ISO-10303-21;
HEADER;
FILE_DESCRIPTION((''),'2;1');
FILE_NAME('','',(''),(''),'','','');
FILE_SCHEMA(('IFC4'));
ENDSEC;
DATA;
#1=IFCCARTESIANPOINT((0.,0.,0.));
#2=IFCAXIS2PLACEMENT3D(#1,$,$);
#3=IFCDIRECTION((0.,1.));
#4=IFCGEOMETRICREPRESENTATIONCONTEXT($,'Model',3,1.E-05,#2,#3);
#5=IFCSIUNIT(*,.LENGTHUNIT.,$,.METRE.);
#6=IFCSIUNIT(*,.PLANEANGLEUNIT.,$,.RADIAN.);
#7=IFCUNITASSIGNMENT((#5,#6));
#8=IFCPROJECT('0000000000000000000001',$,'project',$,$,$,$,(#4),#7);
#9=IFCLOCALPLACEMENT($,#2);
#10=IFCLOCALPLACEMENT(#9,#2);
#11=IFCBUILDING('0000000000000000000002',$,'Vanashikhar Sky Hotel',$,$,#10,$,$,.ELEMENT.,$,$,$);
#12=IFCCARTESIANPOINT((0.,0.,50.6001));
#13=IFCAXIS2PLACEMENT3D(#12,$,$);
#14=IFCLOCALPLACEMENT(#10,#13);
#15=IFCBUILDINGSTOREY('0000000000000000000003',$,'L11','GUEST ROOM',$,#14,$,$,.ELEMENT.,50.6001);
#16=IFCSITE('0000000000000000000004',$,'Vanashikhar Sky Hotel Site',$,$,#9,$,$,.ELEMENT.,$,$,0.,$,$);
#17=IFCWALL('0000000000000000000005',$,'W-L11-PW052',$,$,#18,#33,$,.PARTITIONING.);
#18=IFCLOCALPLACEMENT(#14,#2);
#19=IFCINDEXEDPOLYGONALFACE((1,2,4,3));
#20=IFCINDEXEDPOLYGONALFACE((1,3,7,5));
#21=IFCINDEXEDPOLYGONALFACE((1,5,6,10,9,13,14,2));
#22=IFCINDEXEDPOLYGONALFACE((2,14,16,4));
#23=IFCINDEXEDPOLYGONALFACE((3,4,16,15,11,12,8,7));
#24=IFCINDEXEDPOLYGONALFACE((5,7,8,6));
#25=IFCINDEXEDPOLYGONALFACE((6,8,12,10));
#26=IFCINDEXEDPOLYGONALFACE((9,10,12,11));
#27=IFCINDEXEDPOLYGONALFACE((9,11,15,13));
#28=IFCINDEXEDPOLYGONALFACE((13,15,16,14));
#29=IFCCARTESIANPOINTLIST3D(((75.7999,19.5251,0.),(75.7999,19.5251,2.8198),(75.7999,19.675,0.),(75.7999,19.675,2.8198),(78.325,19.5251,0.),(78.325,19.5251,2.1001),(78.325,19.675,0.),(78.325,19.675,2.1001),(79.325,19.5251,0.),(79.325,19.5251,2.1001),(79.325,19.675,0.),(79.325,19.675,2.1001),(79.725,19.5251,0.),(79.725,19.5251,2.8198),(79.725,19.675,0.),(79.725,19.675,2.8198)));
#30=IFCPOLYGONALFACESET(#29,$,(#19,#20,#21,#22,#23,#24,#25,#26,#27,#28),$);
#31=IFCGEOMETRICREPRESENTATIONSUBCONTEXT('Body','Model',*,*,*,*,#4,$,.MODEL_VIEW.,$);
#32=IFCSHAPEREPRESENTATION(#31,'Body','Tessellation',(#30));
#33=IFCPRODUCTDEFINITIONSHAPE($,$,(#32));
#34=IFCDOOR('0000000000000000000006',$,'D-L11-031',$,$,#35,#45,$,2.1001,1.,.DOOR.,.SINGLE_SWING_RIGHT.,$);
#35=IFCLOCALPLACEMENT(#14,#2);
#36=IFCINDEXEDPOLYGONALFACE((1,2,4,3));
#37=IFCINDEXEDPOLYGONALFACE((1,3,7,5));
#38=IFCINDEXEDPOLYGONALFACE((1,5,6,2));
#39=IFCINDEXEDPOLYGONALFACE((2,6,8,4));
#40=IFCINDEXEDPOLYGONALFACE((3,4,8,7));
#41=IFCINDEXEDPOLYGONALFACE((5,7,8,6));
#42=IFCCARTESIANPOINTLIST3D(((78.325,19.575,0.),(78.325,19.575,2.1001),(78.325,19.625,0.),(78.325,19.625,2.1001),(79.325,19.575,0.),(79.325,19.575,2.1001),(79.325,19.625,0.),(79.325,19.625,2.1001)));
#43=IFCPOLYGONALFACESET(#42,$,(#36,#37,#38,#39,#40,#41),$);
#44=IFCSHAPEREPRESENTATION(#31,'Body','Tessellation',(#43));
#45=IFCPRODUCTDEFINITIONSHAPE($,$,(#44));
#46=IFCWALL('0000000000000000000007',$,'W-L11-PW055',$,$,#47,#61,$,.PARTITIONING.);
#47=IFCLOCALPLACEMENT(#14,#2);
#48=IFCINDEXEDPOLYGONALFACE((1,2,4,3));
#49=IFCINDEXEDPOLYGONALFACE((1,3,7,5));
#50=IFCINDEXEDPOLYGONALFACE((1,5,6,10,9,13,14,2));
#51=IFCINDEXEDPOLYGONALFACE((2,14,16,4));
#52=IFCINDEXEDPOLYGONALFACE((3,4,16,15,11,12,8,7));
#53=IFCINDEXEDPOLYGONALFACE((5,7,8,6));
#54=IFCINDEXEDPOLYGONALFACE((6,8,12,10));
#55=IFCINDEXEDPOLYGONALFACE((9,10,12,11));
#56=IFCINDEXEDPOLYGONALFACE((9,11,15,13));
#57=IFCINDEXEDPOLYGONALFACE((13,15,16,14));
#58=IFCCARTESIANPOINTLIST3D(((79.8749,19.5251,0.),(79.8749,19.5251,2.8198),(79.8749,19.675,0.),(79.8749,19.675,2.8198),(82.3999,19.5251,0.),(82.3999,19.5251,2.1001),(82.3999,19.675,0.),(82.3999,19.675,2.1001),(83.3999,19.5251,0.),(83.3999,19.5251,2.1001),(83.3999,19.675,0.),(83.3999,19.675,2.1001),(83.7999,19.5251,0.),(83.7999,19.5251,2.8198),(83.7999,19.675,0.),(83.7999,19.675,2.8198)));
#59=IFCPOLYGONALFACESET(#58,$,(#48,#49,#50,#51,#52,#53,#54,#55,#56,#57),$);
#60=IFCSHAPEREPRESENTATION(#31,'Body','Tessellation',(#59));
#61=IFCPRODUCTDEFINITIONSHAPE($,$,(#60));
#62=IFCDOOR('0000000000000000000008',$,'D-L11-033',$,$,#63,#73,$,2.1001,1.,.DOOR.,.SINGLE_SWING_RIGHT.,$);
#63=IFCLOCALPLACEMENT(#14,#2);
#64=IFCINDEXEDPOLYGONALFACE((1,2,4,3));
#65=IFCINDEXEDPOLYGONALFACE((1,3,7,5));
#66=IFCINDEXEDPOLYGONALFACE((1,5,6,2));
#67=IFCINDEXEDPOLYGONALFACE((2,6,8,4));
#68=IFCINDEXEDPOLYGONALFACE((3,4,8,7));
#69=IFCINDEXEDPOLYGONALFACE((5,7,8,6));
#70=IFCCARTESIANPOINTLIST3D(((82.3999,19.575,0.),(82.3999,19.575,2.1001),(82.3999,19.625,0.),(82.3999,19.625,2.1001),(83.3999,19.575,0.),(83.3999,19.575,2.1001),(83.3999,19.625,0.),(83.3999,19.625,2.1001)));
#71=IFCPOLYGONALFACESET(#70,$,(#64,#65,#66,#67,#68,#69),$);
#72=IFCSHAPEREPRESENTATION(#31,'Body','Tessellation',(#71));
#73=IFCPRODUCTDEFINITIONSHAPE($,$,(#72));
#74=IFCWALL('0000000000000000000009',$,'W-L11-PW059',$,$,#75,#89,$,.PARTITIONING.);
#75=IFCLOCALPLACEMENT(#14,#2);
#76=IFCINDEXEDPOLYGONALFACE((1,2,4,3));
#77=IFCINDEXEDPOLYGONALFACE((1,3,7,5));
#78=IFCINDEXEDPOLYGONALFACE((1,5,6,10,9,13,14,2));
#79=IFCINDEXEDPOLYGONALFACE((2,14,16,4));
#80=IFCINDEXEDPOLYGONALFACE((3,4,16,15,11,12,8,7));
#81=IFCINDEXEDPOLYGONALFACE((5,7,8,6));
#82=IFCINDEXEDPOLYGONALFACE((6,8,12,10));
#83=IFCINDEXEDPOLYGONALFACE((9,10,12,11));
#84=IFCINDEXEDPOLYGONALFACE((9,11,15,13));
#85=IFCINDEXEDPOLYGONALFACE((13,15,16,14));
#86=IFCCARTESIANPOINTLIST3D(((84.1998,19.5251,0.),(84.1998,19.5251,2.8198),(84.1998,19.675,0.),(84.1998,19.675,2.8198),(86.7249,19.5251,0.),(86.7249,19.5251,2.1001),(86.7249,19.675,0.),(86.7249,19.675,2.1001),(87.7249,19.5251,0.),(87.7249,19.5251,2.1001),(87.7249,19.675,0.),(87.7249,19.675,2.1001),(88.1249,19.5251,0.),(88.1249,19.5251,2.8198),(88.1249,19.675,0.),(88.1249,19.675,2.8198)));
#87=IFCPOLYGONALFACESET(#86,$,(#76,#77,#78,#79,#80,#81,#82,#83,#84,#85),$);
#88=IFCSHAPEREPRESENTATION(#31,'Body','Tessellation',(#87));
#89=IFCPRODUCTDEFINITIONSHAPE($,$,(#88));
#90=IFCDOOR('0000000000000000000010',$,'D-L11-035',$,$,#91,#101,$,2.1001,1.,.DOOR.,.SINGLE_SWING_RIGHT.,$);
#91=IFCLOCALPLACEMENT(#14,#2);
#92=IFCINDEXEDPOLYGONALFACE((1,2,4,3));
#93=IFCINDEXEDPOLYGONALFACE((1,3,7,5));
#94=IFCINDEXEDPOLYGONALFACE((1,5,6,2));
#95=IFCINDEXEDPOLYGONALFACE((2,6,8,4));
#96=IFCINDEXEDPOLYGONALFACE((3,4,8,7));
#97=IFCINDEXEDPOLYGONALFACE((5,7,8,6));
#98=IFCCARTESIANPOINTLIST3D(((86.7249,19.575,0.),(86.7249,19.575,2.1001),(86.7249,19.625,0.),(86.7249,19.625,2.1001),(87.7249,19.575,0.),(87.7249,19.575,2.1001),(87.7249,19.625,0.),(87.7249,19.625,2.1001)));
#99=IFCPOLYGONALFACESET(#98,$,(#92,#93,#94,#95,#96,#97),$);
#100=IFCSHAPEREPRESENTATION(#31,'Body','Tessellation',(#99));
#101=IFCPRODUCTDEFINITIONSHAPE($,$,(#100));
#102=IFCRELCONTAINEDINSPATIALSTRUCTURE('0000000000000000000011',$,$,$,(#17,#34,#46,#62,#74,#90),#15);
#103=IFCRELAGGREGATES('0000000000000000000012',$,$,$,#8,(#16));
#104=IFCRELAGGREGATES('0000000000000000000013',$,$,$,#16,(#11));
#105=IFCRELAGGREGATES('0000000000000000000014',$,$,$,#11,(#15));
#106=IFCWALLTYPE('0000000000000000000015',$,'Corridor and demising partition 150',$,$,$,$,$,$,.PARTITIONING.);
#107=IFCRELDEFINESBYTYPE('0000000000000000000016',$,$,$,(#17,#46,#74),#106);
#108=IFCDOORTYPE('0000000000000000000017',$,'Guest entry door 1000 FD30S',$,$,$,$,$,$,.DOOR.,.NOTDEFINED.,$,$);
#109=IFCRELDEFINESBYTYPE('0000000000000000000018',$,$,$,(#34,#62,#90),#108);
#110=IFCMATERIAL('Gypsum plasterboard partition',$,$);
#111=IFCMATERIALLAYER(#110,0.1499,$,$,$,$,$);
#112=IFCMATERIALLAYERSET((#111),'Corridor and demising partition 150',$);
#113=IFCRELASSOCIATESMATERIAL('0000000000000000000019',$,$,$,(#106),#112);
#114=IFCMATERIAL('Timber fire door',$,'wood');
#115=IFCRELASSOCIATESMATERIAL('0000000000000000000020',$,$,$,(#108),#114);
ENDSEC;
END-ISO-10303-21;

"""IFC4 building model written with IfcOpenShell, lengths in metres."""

from ifc_helpers import new_model, si_unit, direction, frame, frame_2d, origin, place, context, subcontext, project, spatial, rectangle, extrude, source, transform, mapped, material, layer, layer_set, type_object, element, fill, save


model = new_model("IFC4")

# Units and contexts
model_context = context("Model", 3, precision=1e-05, world=origin(), true_north=direction((0.0, 1.0)))
body_context = subcontext(model_context, "Body", "Model", "MODEL_VIEW")
ifc_project = project(units=[si_unit("LENGTHUNIT", "METRE"), si_unit("PLANEANGLEUNIT", "RADIAN")], contexts=[model_context])

# Site, building, storey
site_placement = place(None, origin())
site = spatial("IfcSite", under=ifc_project, at=site_placement, Name="Vanashikhar Sky Hotel Site", CompositionType="ELEMENT", RefElevation=0.0)
building_placement = place(site_placement, origin())
building = spatial("IfcBuilding", under=site, at=building_placement, Name="Vanashikhar Sky Hotel", CompositionType="ELEMENT")
storey_placement = place(building_placement, frame((0.0, 0.0, 50.6001)))
storey = spatial("IfcBuildingStorey", under=building, at=storey_placement, Name="L11", Description="GUEST ROOM", CompositionType="ELEMENT", Elevation=50.6001)

# Shared definitions
ifc_material_1 = material(Name="Gypsum plasterboard partition")

# Shared definitions
ifc_layer_1 = layer(ifc_material_1, 0.1499)
ifc_layer_set_1 = layer_set([ifc_layer_1], Name="Corridor and demising partition 150")
wall_type_1 = type_object("IfcWallType", Name="Corridor and demising partition 150", PredefinedType="PARTITIONING", material=ifc_layer_set_1)

# Walls, openings, doors
shared_shape_1 = source(origin(), body_context, "Body", "SweptSolid", [
    extrude(rectangle(XDim=3.925, YDim=0.1499, at=frame_2d((1.9624, 0.0))), origin(), (0.0, 0.0, 1.0), 2.8198),
])
wall_1_placement = place(storey_placement, frame((75.8, 19.6001, 0.0), z_axis=(0.0, 0.0, 1.0), x_axis=(1.0, 0.0, 0.0)))
wall_1 = element("IfcWall", 1, at=wall_1_placement, inside=storey, type_object=wall_type_1, Name="W-L11-PW052", PredefinedType="PARTITIONING", context=body_context, shape_type="MappedRepresentation", body=[
    mapped(shared_shape_1, transform((0.0, 0.0, 0.0), scale=1.0)),
])
shared_shape_2 = source(origin(), body_context, "Body", "SweptSolid", [
    extrude(rectangle(XDim=1.0, YDim=2.1001, at=frame_2d((0.5, 1.05))), frame((0.0, 0.085, 0.0), z_axis=(0.0, -1.0, 0.0), x_axis=(1.0, 0.0, 0.0)), (0.0, 0.0, 1.0), 0.1699),
])
opening_1_placement = place(wall_1_placement, frame((2.5249, 0.0, 0.0)))
opening_1 = element("IfcOpeningElement", 2, at=opening_1_placement, cuts=wall_1, PredefinedType="OPENING", context=body_context, shape_type="MappedRepresentation", body=[
    mapped(shared_shape_2, transform((0.0, 0.0, 0.0), scale=1.0)),
])
ifc_material_2 = material(Name="Timber fire door", Category="wood")
door_type_1 = type_object("IfcDoorType", Name="Guest entry door 1000 FD30S", OperationType="NOTDEFINED", PredefinedType="DOOR", material=ifc_material_2)
shared_shape_3 = source(origin(), body_context, "Body", "SweptSolid", [
    extrude(rectangle(XDim=1.0, YDim=2.1001, at=frame_2d((0.5, 1.05))), frame((0.0, 0.0249, 0.0), z_axis=(0.0, -1.0, 0.0), x_axis=(1.0, 0.0, 0.0)), (0.0, 0.0, 1.0), 0.05),
])
door_1_placement = place(opening_1_placement, origin())
door_1 = element("IfcDoor", 3, at=door_1_placement, inside=storey, type_object=door_type_1, Name="D-L11-031", OperationType="SINGLE_SWING_RIGHT", OverallHeight=2.1001, OverallWidth=1.0, PredefinedType="DOOR", context=body_context, shape_type="MappedRepresentation", body=[
    mapped(shared_shape_3, transform((0.0, 0.0, 0.0), scale=1.0)),
])
fill(opening_1, door_1)
wall_2_placement = place(storey_placement, frame((79.875, 19.6001, 0.0), z_axis=(0.0, 0.0, 1.0), x_axis=(1.0, 0.0, 0.0)))
wall_2 = element("IfcWall", 4, at=wall_2_placement, inside=storey, type_object=wall_type_1, Name="W-L11-PW055", PredefinedType="PARTITIONING", context=body_context, shape_type="MappedRepresentation", body=[
    mapped(shared_shape_1, transform((0.0, 0.0, 0.0), scale=1.0)),
])
opening_2_placement = place(wall_2_placement, frame((2.5249, 0.0, 0.0)))
opening_2 = element("IfcOpeningElement", 5, at=opening_2_placement, cuts=wall_2, PredefinedType="OPENING", context=body_context, shape_type="MappedRepresentation", body=[
    mapped(shared_shape_2, transform((0.0, 0.0, 0.0), scale=1.0)),
])
door_2_placement = place(opening_2_placement, origin())
door_2 = element("IfcDoor", 6, at=door_2_placement, inside=storey, type_object=door_type_1, Name="D-L11-033", OperationType="SINGLE_SWING_RIGHT", OverallHeight=2.1001, OverallWidth=1.0, PredefinedType="DOOR", context=body_context, shape_type="MappedRepresentation", body=[
    mapped(shared_shape_3, transform((0.0, 0.0, 0.0), scale=1.0)),
])
fill(opening_2, door_2)
wall_3_placement = place(storey_placement, frame((84.2, 19.6001, 0.0), z_axis=(0.0, 0.0, 1.0), x_axis=(1.0, 0.0, 0.0)))
wall_3 = element("IfcWall", 7, at=wall_3_placement, inside=storey, type_object=wall_type_1, Name="W-L11-PW059", PredefinedType="PARTITIONING", context=body_context, shape_type="MappedRepresentation", body=[
    mapped(shared_shape_1, transform((0.0, 0.0, 0.0), scale=1.0)),
])
opening_3_placement = place(wall_3_placement, frame((2.5249, 0.0, 0.0)))
opening_3 = element("IfcOpeningElement", 8, at=opening_3_placement, cuts=wall_3, PredefinedType="OPENING", context=body_context, shape_type="MappedRepresentation", body=[
    mapped(shared_shape_2, transform((0.0, 0.0, 0.0), scale=1.0)),
])
door_3_placement = place(opening_3_placement, origin())
door_3 = element("IfcDoor", 9, at=door_3_placement, inside=storey, type_object=door_type_1, Name="D-L11-035", OperationType="SINGLE_SWING_RIGHT", OverallHeight=2.1001, OverallWidth=1.0, PredefinedType="DOOR", context=body_context, shape_type="MappedRepresentation", body=[
    mapped(shared_shape_3, transform((0.0, 0.0, 0.0), scale=1.0)),
])
fill(opening_3, door_3)

save(model, "model.ifc")
